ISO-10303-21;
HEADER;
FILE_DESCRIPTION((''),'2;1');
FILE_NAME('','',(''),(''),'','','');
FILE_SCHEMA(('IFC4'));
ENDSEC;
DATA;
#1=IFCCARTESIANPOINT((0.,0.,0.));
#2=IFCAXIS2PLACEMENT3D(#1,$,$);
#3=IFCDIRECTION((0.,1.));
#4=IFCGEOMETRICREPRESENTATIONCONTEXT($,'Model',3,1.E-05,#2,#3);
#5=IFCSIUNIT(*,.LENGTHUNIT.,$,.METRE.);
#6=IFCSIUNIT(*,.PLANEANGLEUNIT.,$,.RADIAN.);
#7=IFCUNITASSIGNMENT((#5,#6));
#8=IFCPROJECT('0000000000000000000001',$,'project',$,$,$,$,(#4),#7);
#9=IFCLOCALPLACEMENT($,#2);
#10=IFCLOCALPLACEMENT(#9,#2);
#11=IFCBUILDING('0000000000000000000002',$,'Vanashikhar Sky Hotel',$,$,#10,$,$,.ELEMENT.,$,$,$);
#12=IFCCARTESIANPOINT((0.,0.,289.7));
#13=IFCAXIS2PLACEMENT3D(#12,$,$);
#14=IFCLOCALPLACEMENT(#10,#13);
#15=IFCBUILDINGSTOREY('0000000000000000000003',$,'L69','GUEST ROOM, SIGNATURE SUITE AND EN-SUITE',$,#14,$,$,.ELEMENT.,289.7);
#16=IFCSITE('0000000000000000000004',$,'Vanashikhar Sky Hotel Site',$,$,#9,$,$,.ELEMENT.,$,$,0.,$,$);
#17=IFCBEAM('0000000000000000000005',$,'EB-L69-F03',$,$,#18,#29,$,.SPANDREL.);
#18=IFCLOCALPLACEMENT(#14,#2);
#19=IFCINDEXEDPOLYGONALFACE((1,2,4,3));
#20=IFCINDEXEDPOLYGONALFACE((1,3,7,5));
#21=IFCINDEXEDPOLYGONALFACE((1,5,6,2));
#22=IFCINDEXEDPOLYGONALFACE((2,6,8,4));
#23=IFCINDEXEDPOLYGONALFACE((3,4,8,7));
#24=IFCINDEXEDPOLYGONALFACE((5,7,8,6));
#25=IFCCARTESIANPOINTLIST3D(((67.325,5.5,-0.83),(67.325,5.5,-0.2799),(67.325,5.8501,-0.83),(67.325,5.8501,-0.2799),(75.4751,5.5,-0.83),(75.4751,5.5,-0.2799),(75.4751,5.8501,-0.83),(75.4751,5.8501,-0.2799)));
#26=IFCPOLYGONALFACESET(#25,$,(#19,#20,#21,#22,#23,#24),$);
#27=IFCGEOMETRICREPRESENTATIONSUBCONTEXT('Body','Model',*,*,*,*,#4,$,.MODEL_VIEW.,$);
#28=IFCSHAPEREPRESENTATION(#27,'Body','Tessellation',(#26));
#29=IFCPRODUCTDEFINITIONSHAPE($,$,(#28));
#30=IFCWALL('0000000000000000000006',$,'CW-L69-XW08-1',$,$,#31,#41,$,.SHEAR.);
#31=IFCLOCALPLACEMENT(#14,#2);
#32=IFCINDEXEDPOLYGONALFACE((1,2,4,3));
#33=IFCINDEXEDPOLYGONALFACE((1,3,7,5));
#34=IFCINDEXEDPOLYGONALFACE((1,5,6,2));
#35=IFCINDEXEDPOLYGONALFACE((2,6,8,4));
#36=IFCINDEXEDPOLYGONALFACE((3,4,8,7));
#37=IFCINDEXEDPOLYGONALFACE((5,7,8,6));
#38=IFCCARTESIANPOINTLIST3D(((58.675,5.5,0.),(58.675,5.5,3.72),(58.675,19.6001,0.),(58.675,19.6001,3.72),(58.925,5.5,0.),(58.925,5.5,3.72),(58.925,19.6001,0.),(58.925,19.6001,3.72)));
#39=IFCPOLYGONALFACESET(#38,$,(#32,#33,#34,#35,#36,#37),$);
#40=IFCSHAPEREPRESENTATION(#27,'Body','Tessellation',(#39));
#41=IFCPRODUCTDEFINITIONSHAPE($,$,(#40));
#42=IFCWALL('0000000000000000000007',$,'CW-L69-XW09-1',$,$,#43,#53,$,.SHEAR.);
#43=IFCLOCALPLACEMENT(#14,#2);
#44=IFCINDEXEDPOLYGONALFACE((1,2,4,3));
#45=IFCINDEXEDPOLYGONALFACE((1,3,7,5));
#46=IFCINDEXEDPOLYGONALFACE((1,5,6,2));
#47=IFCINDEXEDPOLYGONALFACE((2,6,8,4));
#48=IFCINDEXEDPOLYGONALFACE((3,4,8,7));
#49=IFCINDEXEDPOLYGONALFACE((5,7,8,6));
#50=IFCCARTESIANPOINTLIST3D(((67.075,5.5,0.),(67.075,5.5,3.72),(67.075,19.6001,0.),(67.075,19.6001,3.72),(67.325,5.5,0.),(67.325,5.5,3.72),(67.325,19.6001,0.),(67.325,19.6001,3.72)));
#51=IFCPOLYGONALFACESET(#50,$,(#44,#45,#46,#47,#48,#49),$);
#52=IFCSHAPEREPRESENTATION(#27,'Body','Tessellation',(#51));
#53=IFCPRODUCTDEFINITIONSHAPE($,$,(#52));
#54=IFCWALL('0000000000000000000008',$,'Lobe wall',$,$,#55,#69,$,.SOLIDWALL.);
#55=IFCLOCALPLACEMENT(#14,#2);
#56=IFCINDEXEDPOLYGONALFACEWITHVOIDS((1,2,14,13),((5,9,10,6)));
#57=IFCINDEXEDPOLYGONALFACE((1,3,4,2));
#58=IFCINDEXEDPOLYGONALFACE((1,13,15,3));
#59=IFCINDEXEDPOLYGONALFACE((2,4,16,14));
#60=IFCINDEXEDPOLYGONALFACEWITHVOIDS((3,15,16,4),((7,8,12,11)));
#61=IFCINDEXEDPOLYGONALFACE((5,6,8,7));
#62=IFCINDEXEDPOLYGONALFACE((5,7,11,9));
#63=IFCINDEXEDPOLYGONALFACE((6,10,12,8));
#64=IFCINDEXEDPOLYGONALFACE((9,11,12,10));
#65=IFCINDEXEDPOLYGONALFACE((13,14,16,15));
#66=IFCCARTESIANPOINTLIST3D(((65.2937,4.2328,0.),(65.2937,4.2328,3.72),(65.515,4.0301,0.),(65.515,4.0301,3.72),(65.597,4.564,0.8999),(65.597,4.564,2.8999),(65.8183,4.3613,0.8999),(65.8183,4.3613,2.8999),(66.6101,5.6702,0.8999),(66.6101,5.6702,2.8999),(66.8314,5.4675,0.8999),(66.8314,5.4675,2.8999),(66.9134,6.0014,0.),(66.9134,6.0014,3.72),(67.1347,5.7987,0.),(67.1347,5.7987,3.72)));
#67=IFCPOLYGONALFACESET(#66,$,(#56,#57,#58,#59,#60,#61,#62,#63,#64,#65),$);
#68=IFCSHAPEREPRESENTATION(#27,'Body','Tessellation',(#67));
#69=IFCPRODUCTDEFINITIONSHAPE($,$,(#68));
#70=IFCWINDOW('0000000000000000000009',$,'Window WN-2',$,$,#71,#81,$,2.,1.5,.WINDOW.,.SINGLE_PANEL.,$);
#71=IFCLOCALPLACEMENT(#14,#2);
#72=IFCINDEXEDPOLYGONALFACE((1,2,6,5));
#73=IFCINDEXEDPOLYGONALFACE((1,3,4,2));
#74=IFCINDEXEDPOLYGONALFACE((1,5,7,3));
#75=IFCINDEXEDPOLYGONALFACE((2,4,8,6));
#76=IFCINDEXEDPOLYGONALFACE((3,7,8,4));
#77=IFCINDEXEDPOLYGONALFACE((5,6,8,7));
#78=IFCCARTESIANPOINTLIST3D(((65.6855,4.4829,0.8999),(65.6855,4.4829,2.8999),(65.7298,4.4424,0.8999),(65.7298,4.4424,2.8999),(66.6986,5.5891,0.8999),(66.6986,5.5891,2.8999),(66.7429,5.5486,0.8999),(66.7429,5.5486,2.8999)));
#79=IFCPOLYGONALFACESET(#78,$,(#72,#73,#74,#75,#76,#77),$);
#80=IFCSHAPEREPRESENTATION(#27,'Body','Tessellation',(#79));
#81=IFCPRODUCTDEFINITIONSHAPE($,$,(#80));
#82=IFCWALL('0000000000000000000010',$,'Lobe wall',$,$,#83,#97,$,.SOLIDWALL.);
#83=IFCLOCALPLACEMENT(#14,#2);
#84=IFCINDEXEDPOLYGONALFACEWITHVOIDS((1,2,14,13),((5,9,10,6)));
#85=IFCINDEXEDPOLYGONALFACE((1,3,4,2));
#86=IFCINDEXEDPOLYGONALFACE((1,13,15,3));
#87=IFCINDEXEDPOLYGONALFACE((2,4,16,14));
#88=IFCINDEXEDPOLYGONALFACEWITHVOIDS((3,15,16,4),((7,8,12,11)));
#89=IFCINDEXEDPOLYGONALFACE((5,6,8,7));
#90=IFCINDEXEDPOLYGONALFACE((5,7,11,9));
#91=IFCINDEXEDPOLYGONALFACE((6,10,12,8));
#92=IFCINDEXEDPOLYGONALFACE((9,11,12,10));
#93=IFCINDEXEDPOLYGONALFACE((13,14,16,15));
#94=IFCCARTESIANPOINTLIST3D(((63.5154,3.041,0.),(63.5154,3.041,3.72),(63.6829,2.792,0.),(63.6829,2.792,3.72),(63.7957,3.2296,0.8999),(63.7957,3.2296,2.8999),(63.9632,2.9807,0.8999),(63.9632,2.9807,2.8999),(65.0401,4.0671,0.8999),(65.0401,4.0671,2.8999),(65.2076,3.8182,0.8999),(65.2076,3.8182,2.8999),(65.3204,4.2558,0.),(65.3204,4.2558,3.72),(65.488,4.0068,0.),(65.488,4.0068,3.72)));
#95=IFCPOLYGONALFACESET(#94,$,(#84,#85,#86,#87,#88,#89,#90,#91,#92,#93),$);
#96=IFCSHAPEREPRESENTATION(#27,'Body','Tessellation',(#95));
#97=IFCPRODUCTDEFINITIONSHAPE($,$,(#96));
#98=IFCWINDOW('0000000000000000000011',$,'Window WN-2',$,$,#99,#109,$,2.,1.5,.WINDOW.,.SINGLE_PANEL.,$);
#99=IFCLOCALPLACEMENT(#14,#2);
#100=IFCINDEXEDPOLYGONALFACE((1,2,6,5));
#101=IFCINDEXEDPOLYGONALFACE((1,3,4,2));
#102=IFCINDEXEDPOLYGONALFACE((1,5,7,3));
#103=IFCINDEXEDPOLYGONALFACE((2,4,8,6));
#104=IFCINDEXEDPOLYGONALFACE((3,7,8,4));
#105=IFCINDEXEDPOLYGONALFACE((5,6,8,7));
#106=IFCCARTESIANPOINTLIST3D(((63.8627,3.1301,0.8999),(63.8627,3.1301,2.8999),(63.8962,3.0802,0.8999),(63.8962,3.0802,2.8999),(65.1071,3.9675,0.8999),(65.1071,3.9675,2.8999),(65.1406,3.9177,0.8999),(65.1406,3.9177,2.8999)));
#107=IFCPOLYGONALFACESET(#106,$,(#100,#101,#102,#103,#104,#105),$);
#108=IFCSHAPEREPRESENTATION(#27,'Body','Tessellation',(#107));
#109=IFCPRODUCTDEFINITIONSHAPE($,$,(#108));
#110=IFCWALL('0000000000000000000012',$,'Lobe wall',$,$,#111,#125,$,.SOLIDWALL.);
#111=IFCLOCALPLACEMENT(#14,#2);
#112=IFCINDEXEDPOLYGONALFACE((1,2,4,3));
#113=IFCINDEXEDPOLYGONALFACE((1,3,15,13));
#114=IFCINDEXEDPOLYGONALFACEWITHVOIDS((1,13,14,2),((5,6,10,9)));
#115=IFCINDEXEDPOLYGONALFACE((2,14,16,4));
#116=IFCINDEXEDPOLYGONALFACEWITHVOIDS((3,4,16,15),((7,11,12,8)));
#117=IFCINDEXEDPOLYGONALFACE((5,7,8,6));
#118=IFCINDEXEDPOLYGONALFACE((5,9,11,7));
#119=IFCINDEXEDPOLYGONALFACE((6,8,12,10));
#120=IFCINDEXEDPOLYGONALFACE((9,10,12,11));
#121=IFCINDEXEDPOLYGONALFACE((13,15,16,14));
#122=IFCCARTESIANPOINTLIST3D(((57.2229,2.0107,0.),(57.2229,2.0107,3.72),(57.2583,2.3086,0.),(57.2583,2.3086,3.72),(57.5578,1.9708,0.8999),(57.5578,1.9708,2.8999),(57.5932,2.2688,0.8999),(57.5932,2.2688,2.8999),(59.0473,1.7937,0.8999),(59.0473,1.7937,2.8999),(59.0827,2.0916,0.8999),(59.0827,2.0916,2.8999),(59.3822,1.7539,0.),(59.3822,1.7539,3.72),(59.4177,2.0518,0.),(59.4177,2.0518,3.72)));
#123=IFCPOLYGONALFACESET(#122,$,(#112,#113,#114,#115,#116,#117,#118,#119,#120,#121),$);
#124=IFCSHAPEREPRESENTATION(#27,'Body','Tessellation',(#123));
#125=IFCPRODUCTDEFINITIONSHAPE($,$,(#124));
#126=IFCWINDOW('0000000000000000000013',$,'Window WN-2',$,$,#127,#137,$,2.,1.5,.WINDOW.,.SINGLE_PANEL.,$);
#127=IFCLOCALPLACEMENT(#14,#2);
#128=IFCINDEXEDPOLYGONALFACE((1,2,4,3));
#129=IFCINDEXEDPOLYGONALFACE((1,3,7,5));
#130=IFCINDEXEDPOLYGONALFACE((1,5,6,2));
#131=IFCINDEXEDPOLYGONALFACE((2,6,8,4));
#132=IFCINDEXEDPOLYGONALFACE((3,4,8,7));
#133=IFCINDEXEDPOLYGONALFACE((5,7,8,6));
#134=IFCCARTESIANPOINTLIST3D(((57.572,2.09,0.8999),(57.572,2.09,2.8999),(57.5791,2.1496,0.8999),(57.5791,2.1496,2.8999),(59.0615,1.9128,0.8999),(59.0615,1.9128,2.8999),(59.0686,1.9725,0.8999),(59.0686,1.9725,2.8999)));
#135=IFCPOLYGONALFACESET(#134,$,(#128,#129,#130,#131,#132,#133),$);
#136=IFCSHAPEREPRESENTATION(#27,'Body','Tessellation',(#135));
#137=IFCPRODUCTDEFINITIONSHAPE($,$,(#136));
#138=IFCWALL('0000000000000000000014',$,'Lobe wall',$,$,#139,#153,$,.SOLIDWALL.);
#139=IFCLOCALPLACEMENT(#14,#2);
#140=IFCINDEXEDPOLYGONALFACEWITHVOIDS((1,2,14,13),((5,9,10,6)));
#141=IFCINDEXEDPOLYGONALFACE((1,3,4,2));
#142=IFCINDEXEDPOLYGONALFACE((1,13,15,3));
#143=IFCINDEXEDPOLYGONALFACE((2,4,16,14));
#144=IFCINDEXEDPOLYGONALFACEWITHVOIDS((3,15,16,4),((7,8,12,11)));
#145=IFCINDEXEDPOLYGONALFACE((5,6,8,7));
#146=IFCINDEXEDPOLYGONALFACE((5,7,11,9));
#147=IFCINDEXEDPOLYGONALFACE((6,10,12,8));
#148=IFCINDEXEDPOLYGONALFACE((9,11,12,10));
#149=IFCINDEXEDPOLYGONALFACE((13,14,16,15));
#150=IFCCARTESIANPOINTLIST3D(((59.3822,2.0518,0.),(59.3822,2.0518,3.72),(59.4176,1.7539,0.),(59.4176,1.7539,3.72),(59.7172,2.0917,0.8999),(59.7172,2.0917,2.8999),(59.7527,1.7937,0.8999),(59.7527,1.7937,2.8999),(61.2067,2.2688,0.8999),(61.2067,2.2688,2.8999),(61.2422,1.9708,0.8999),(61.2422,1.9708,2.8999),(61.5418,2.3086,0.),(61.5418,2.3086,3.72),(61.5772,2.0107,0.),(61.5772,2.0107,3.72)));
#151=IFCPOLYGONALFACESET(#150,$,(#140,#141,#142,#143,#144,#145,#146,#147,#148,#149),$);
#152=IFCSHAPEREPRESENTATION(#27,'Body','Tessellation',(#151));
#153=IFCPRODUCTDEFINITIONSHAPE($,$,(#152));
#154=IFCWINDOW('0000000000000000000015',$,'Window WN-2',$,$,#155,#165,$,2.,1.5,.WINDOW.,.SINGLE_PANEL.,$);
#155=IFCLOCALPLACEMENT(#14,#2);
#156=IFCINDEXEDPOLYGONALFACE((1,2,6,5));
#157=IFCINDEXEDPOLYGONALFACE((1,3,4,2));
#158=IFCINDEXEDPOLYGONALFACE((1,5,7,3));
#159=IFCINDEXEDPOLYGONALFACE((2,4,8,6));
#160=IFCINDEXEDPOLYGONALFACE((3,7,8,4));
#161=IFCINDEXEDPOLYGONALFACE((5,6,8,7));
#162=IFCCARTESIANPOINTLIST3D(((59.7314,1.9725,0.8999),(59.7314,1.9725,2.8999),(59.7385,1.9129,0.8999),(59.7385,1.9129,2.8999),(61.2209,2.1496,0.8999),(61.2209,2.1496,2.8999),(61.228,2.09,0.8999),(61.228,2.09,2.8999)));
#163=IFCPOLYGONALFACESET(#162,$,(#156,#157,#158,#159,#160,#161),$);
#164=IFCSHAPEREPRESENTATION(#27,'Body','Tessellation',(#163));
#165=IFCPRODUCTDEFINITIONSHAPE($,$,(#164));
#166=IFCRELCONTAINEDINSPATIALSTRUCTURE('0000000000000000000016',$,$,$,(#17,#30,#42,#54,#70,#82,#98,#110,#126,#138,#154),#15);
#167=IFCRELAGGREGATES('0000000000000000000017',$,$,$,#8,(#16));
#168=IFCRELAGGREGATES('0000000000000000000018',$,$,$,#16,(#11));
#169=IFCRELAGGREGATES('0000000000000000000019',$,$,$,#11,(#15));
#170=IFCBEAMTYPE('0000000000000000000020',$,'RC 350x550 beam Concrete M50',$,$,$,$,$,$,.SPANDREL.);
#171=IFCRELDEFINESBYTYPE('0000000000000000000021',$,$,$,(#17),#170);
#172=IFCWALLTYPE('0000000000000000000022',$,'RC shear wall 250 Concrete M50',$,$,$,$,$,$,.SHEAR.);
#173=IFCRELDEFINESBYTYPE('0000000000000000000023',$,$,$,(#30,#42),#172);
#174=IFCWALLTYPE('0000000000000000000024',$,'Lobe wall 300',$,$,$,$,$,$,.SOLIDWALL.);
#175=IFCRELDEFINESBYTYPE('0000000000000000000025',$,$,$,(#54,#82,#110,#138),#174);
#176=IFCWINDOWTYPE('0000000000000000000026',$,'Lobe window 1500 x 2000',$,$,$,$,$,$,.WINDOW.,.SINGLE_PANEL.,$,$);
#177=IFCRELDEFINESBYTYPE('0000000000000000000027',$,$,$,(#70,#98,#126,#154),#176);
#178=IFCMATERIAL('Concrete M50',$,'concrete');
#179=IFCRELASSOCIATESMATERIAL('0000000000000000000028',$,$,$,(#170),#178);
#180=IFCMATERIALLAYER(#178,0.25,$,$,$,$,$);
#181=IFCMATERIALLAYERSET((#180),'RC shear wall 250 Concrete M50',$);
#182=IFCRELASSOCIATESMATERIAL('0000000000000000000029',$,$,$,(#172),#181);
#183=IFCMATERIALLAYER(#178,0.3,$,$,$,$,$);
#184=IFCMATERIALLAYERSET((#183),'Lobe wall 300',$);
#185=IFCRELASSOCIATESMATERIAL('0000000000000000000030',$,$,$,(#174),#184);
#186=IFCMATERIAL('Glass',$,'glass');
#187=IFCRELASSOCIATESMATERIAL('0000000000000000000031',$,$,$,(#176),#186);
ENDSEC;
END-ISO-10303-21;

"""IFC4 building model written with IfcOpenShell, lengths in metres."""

from ifc_helpers import new_model, si_unit, direction, frame, frame_2d, origin, origin_2d, place, context, subcontext, project, spatial, rectangle, extrude, source, transform, mapped, material, layer, layer_set, material_profile, profile_set, type_object, element, fill, save


model = new_model("IFC4")

# Units and contexts
model_context = context("Model", 3, precision=1e-05, world=origin(), true_north=direction((0.0, 1.0)))
body_context = subcontext(model_context, "Body", "Model", "MODEL_VIEW")
ifc_project = project(units=[si_unit("LENGTHUNIT", "METRE"), si_unit("PLANEANGLEUNIT", "RADIAN")], contexts=[model_context])

# Site, building, storey
site_placement = place(None, origin())
site = spatial("IfcSite", under=ifc_project, at=site_placement, Name="Vanashikhar Sky Hotel Site", CompositionType="ELEMENT", RefElevation=0.0)
building_placement = place(site_placement, origin())
building = spatial("IfcBuilding", under=site, at=building_placement, Name="Vanashikhar Sky Hotel", CompositionType="ELEMENT")
storey_placement = place(building_placement, frame((0.0, 0.0, 289.7)))
storey = spatial("IfcBuildingStorey", under=building, at=storey_placement, Name="L69", Description="GUEST ROOM, SIGNATURE SUITE AND EN-SUITE", CompositionType="ELEMENT", Elevation=289.7)

# Beam
ifc_material_1 = material(Name="Concrete M50", Category="concrete")
ifc_material_profile_1 = material_profile(ifc_material_1, rectangle(XDim=0.3501, YDim=0.55, at=origin_2d()))
ifc_profile_set_1 = profile_set([ifc_material_profile_1], Name="RC 350x550 beam Concrete M50")
beam_type = type_object("IfcBeamType", Name="RC 350x550 beam Concrete M50", PredefinedType="SPANDREL", material=ifc_profile_set_1)
shared_shape_1 = source(origin(), body_context, "Body", "SweptSolid", [
    extrude(rectangle(XDim=0.3501, YDim=0.55, at=origin_2d()), origin(), (0.0, 0.0, 1.0), 8.1501),
])
beam_placement = place(storey_placement, frame((67.325, 5.675, -0.5549), z_axis=(1.0, 0.0, 0.0), x_axis=(0.0, 1.0, 0.0)))
element("IfcBeam", 1, at=beam_placement, inside=storey, type_object=beam_type, Name="EB-L69-F03", PredefinedType="SPANDREL", context=body_context, shape_type="MappedRepresentation", body=[
    mapped(shared_shape_1, transform((0.0, 0.0, 0.0), scale=1.0)),
])

# Walls
ifc_layer_1 = layer(ifc_material_1, 0.25)
ifc_layer_set_1 = layer_set([ifc_layer_1], Name="RC shear wall 250 Concrete M50")
wall_type_1 = type_object("IfcWallType", Name="RC shear wall 250 Concrete M50", PredefinedType="SHEAR", material=ifc_layer_set_1)
shared_shape_2 = source(origin(), body_context, "Body", "SweptSolid", [
    extrude(rectangle(XDim=14.1001, YDim=0.25, at=frame_2d((7.05, 0.0))), origin(), (0.0, 0.0, 1.0), 3.72),
])
for number, where, z_axis, x_axis, name in (
    (2, (58.8, 5.5, 0.0), (0.0, 0.0, 1.0), (0.0, 1.0, 0.0), "CW-L69-XW08-1"),
    (3, (67.2, 5.5, 0.0), (0.0, 0.0, 1.0), (0.0, 1.0, 0.0), "CW-L69-XW09-1"),
):
    element("IfcWall", number, at=place(storey_placement, frame(where, z_axis=z_axis, x_axis=x_axis)), inside=storey, type_object=wall_type_1, Name=name, PredefinedType="SHEAR", context=body_context, shape_type="MappedRepresentation", body=[
        mapped(shared_shape_2, transform((0.0, 0.0, 0.0), scale=1.0)),
    ])

# Walls, openings, windows
ifc_layer_2 = layer(ifc_material_1, 0.3)
ifc_layer_set_2 = layer_set([ifc_layer_2], Name="Lobe wall 300")
wall_type_2 = type_object("IfcWallType", Name="Lobe wall 300", PredefinedType="SOLIDWALL", material=ifc_layer_set_2)
shared_shape_3 = source(origin(), body_context, "Body", "SweptSolid", [
    extrude(rectangle(XDim=2.3982, YDim=0.3, at=frame_2d((1.1992, 0.0))), origin(), (0.0, 0.0, 1.0), 3.72),
])
wall_1_placement = place(storey_placement, frame((65.4043, 4.1313, 0.0), z_axis=(0.0, 0.0, 1.0), x_axis=(0.675374, 0.737475, 0.0)))
wall_1 = element("IfcWall", 4, at=wall_1_placement, inside=storey, type_object=wall_type_2, Name="Lobe wall", PredefinedType="SOLIDWALL", context=body_context, shape_type="MappedRepresentation", body=[
    mapped(shared_shape_3, transform((0.0, 0.0, 0.0), scale=1.0)),
])
shared_shape_4 = source(origin(), body_context, "Body", "SweptSolid", [
    extrude(rectangle(XDim=1.5, YDim=2.0, at=frame_2d((0.75, 1.0))), frame((0.0, 0.1602, 0.0), z_axis=(0.0, -1.0, 0.0), x_axis=(1.0, 0.0, 0.0)), (0.0, 0.0, 1.0), 0.3201),
])
opening_1_placement = place(wall_1_placement, frame((0.4492, 0.0, 0.8999)))
opening_1 = element("IfcOpeningElement", 5, at=opening_1_placement, cuts=wall_1, PredefinedType="OPENING", context=body_context, shape_type="MappedRepresentation", body=[
    mapped(shared_shape_4, transform((0.0, 0.0, 0.0), scale=1.0)),
])
ifc_material_2 = material(Name="Glass", Category="glass")
window_type = type_object("IfcWindowType", Name="Lobe window 1500 x 2000", PartitioningType="SINGLE_PANEL", PredefinedType="WINDOW", material=ifc_material_2)
shared_shape_5 = source(origin(), body_context, "Body", "SweptSolid", [
    extrude(rectangle(XDim=1.5, YDim=2.0, at=frame_2d((0.75, 1.0))), frame((0.0, 0.03, 0.0), z_axis=(0.0, -1.0, 0.0), x_axis=(1.0, 0.0, 0.0)), (0.0, 0.0, 1.0), 0.0601),
])
window_1_placement = place(opening_1_placement, origin())
window_1 = element("IfcWindow", 6, at=window_1_placement, inside=storey, type_object=window_type, Name="Window WN-2", OverallHeight=2.0, OverallWidth=1.5, PartitioningType="SINGLE_PANEL", PredefinedType="WINDOW", context=body_context, shape_type="MappedRepresentation", body=[
    mapped(shared_shape_5, transform((0.0, 0.0, 0.0), scale=1.0)),
])
fill(opening_1, window_1)
shared_shape_6 = source(origin(), body_context, "Body", "SweptSolid", [
    extrude(rectangle(XDim=2.1758, YDim=0.3, at=frame_2d((1.0879, 0.0))), origin(), (0.0, 0.0, 1.0), 3.72),
])
wall_2_placement = place(storey_placement, frame((63.5991, 2.9165, 0.0), z_axis=(0.0, 0.0, 1.0), x_axis=(0.829626, 0.55832, 0.0)))
wall_2 = element("IfcWall", 7, at=wall_2_placement, inside=storey, type_object=wall_type_2, Name="Lobe wall", PredefinedType="SOLIDWALL", context=body_context, shape_type="MappedRepresentation", body=[
    mapped(shared_shape_6, transform((0.0, 0.0, 0.0), scale=1.0)),
])
opening_2_placement = place(wall_2_placement, frame((0.3379, 0.0, 0.8999)))
opening_2 = element("IfcOpeningElement", 8, at=opening_2_placement, cuts=wall_2, PredefinedType="OPENING", context=body_context, shape_type="MappedRepresentation", body=[
    mapped(shared_shape_4, transform((0.0, 0.0, 0.0), scale=1.0)),
])
window_2_placement = place(opening_2_placement, origin())
window_2 = element("IfcWindow", 9, at=window_2_placement, inside=storey, type_object=window_type, Name="Window WN-2", OverallHeight=2.0, OverallWidth=1.5, PartitioningType="SINGLE_PANEL", PredefinedType="WINDOW", context=body_context, shape_type="MappedRepresentation", body=[
    mapped(shared_shape_5, transform((0.0, 0.0, 0.0), scale=1.0)),
])
fill(opening_2, window_2)
shared_shape_7 = source(origin(), body_context, "Body", "SweptSolid", [
    extrude(rectangle(XDim=2.1746, YDim=0.3, at=frame_2d((1.0874, 0.0))), origin(), (0.0, 0.0, 1.0), 3.72),
])
wall_3_placement = place(storey_placement, frame((57.2405, 2.1597, 0.0), z_axis=(0.0, 0.0, 1.0), x_axis=(0.993001, -0.118105, 0.0)))
wall_3 = element("IfcWall", 10, at=wall_3_placement, inside=storey, type_object=wall_type_2, Name="Lobe wall", PredefinedType="SOLIDWALL", context=body_context, shape_type="MappedRepresentation", body=[
    mapped(shared_shape_7, transform((0.0, 0.0, 0.0), scale=1.0)),
])
opening_3_placement = place(wall_3_placement, frame((0.3374, 0.0, 0.8999)))
opening_3 = element("IfcOpeningElement", 11, at=opening_3_placement, cuts=wall_3, PredefinedType="OPENING", context=body_context, shape_type="MappedRepresentation", body=[
    mapped(shared_shape_4, transform((0.0, 0.0, 0.0), scale=1.0)),
])
window_3_placement = place(opening_3_placement, origin())
window_3 = element("IfcWindow", 12, at=window_3_placement, inside=storey, type_object=window_type, Name="Window WN-2", OverallHeight=2.0, OverallWidth=1.5, PartitioningType="SINGLE_PANEL", PredefinedType="WINDOW", context=body_context, shape_type="MappedRepresentation", body=[
    mapped(shared_shape_5, transform((0.0, 0.0, 0.0), scale=1.0)),
])
fill(opening_3, window_3)
shared_shape_8 = source(origin(), body_context, "Body", "SweptSolid", [
    extrude(rectangle(XDim=2.1748, YDim=0.3, at=frame_2d((1.0874, 0.0))), origin(), (0.0, 0.0, 1.0), 3.72),
])
wall_4_placement = place(storey_placement, frame((59.3999, 1.9028, 0.0), z_axis=(0.0, 0.0, 1.0), x_axis=(0.993003, 0.118092, 0.0)))
wall_4 = element("IfcWall", 13, at=wall_4_placement, inside=storey, type_object=wall_type_2, Name="Lobe wall", PredefinedType="SOLIDWALL", context=body_context, shape_type="MappedRepresentation", body=[
    mapped(shared_shape_8, transform((0.0, 0.0, 0.0), scale=1.0)),
])
opening_4_placement = place(wall_4_placement, frame((0.3374, 0.0, 0.8999)))
opening_4 = element("IfcOpeningElement", 14, at=opening_4_placement, cuts=wall_4, PredefinedType="OPENING", context=body_context, shape_type="MappedRepresentation", body=[
    mapped(shared_shape_4, transform((0.0, 0.0, 0.0), scale=1.0)),
])
window_4_placement = place(opening_4_placement, origin())
window_4 = element("IfcWindow", 15, at=window_4_placement, inside=storey, type_object=window_type, Name="Window WN-2", OverallHeight=2.0, OverallWidth=1.5, PartitioningType="SINGLE_PANEL", PredefinedType="WINDOW", context=body_context, shape_type="MappedRepresentation", body=[
    mapped(shared_shape_5, transform((0.0, 0.0, 0.0), scale=1.0)),
])
fill(opening_4, window_4)

save(model, "model.ifc")
